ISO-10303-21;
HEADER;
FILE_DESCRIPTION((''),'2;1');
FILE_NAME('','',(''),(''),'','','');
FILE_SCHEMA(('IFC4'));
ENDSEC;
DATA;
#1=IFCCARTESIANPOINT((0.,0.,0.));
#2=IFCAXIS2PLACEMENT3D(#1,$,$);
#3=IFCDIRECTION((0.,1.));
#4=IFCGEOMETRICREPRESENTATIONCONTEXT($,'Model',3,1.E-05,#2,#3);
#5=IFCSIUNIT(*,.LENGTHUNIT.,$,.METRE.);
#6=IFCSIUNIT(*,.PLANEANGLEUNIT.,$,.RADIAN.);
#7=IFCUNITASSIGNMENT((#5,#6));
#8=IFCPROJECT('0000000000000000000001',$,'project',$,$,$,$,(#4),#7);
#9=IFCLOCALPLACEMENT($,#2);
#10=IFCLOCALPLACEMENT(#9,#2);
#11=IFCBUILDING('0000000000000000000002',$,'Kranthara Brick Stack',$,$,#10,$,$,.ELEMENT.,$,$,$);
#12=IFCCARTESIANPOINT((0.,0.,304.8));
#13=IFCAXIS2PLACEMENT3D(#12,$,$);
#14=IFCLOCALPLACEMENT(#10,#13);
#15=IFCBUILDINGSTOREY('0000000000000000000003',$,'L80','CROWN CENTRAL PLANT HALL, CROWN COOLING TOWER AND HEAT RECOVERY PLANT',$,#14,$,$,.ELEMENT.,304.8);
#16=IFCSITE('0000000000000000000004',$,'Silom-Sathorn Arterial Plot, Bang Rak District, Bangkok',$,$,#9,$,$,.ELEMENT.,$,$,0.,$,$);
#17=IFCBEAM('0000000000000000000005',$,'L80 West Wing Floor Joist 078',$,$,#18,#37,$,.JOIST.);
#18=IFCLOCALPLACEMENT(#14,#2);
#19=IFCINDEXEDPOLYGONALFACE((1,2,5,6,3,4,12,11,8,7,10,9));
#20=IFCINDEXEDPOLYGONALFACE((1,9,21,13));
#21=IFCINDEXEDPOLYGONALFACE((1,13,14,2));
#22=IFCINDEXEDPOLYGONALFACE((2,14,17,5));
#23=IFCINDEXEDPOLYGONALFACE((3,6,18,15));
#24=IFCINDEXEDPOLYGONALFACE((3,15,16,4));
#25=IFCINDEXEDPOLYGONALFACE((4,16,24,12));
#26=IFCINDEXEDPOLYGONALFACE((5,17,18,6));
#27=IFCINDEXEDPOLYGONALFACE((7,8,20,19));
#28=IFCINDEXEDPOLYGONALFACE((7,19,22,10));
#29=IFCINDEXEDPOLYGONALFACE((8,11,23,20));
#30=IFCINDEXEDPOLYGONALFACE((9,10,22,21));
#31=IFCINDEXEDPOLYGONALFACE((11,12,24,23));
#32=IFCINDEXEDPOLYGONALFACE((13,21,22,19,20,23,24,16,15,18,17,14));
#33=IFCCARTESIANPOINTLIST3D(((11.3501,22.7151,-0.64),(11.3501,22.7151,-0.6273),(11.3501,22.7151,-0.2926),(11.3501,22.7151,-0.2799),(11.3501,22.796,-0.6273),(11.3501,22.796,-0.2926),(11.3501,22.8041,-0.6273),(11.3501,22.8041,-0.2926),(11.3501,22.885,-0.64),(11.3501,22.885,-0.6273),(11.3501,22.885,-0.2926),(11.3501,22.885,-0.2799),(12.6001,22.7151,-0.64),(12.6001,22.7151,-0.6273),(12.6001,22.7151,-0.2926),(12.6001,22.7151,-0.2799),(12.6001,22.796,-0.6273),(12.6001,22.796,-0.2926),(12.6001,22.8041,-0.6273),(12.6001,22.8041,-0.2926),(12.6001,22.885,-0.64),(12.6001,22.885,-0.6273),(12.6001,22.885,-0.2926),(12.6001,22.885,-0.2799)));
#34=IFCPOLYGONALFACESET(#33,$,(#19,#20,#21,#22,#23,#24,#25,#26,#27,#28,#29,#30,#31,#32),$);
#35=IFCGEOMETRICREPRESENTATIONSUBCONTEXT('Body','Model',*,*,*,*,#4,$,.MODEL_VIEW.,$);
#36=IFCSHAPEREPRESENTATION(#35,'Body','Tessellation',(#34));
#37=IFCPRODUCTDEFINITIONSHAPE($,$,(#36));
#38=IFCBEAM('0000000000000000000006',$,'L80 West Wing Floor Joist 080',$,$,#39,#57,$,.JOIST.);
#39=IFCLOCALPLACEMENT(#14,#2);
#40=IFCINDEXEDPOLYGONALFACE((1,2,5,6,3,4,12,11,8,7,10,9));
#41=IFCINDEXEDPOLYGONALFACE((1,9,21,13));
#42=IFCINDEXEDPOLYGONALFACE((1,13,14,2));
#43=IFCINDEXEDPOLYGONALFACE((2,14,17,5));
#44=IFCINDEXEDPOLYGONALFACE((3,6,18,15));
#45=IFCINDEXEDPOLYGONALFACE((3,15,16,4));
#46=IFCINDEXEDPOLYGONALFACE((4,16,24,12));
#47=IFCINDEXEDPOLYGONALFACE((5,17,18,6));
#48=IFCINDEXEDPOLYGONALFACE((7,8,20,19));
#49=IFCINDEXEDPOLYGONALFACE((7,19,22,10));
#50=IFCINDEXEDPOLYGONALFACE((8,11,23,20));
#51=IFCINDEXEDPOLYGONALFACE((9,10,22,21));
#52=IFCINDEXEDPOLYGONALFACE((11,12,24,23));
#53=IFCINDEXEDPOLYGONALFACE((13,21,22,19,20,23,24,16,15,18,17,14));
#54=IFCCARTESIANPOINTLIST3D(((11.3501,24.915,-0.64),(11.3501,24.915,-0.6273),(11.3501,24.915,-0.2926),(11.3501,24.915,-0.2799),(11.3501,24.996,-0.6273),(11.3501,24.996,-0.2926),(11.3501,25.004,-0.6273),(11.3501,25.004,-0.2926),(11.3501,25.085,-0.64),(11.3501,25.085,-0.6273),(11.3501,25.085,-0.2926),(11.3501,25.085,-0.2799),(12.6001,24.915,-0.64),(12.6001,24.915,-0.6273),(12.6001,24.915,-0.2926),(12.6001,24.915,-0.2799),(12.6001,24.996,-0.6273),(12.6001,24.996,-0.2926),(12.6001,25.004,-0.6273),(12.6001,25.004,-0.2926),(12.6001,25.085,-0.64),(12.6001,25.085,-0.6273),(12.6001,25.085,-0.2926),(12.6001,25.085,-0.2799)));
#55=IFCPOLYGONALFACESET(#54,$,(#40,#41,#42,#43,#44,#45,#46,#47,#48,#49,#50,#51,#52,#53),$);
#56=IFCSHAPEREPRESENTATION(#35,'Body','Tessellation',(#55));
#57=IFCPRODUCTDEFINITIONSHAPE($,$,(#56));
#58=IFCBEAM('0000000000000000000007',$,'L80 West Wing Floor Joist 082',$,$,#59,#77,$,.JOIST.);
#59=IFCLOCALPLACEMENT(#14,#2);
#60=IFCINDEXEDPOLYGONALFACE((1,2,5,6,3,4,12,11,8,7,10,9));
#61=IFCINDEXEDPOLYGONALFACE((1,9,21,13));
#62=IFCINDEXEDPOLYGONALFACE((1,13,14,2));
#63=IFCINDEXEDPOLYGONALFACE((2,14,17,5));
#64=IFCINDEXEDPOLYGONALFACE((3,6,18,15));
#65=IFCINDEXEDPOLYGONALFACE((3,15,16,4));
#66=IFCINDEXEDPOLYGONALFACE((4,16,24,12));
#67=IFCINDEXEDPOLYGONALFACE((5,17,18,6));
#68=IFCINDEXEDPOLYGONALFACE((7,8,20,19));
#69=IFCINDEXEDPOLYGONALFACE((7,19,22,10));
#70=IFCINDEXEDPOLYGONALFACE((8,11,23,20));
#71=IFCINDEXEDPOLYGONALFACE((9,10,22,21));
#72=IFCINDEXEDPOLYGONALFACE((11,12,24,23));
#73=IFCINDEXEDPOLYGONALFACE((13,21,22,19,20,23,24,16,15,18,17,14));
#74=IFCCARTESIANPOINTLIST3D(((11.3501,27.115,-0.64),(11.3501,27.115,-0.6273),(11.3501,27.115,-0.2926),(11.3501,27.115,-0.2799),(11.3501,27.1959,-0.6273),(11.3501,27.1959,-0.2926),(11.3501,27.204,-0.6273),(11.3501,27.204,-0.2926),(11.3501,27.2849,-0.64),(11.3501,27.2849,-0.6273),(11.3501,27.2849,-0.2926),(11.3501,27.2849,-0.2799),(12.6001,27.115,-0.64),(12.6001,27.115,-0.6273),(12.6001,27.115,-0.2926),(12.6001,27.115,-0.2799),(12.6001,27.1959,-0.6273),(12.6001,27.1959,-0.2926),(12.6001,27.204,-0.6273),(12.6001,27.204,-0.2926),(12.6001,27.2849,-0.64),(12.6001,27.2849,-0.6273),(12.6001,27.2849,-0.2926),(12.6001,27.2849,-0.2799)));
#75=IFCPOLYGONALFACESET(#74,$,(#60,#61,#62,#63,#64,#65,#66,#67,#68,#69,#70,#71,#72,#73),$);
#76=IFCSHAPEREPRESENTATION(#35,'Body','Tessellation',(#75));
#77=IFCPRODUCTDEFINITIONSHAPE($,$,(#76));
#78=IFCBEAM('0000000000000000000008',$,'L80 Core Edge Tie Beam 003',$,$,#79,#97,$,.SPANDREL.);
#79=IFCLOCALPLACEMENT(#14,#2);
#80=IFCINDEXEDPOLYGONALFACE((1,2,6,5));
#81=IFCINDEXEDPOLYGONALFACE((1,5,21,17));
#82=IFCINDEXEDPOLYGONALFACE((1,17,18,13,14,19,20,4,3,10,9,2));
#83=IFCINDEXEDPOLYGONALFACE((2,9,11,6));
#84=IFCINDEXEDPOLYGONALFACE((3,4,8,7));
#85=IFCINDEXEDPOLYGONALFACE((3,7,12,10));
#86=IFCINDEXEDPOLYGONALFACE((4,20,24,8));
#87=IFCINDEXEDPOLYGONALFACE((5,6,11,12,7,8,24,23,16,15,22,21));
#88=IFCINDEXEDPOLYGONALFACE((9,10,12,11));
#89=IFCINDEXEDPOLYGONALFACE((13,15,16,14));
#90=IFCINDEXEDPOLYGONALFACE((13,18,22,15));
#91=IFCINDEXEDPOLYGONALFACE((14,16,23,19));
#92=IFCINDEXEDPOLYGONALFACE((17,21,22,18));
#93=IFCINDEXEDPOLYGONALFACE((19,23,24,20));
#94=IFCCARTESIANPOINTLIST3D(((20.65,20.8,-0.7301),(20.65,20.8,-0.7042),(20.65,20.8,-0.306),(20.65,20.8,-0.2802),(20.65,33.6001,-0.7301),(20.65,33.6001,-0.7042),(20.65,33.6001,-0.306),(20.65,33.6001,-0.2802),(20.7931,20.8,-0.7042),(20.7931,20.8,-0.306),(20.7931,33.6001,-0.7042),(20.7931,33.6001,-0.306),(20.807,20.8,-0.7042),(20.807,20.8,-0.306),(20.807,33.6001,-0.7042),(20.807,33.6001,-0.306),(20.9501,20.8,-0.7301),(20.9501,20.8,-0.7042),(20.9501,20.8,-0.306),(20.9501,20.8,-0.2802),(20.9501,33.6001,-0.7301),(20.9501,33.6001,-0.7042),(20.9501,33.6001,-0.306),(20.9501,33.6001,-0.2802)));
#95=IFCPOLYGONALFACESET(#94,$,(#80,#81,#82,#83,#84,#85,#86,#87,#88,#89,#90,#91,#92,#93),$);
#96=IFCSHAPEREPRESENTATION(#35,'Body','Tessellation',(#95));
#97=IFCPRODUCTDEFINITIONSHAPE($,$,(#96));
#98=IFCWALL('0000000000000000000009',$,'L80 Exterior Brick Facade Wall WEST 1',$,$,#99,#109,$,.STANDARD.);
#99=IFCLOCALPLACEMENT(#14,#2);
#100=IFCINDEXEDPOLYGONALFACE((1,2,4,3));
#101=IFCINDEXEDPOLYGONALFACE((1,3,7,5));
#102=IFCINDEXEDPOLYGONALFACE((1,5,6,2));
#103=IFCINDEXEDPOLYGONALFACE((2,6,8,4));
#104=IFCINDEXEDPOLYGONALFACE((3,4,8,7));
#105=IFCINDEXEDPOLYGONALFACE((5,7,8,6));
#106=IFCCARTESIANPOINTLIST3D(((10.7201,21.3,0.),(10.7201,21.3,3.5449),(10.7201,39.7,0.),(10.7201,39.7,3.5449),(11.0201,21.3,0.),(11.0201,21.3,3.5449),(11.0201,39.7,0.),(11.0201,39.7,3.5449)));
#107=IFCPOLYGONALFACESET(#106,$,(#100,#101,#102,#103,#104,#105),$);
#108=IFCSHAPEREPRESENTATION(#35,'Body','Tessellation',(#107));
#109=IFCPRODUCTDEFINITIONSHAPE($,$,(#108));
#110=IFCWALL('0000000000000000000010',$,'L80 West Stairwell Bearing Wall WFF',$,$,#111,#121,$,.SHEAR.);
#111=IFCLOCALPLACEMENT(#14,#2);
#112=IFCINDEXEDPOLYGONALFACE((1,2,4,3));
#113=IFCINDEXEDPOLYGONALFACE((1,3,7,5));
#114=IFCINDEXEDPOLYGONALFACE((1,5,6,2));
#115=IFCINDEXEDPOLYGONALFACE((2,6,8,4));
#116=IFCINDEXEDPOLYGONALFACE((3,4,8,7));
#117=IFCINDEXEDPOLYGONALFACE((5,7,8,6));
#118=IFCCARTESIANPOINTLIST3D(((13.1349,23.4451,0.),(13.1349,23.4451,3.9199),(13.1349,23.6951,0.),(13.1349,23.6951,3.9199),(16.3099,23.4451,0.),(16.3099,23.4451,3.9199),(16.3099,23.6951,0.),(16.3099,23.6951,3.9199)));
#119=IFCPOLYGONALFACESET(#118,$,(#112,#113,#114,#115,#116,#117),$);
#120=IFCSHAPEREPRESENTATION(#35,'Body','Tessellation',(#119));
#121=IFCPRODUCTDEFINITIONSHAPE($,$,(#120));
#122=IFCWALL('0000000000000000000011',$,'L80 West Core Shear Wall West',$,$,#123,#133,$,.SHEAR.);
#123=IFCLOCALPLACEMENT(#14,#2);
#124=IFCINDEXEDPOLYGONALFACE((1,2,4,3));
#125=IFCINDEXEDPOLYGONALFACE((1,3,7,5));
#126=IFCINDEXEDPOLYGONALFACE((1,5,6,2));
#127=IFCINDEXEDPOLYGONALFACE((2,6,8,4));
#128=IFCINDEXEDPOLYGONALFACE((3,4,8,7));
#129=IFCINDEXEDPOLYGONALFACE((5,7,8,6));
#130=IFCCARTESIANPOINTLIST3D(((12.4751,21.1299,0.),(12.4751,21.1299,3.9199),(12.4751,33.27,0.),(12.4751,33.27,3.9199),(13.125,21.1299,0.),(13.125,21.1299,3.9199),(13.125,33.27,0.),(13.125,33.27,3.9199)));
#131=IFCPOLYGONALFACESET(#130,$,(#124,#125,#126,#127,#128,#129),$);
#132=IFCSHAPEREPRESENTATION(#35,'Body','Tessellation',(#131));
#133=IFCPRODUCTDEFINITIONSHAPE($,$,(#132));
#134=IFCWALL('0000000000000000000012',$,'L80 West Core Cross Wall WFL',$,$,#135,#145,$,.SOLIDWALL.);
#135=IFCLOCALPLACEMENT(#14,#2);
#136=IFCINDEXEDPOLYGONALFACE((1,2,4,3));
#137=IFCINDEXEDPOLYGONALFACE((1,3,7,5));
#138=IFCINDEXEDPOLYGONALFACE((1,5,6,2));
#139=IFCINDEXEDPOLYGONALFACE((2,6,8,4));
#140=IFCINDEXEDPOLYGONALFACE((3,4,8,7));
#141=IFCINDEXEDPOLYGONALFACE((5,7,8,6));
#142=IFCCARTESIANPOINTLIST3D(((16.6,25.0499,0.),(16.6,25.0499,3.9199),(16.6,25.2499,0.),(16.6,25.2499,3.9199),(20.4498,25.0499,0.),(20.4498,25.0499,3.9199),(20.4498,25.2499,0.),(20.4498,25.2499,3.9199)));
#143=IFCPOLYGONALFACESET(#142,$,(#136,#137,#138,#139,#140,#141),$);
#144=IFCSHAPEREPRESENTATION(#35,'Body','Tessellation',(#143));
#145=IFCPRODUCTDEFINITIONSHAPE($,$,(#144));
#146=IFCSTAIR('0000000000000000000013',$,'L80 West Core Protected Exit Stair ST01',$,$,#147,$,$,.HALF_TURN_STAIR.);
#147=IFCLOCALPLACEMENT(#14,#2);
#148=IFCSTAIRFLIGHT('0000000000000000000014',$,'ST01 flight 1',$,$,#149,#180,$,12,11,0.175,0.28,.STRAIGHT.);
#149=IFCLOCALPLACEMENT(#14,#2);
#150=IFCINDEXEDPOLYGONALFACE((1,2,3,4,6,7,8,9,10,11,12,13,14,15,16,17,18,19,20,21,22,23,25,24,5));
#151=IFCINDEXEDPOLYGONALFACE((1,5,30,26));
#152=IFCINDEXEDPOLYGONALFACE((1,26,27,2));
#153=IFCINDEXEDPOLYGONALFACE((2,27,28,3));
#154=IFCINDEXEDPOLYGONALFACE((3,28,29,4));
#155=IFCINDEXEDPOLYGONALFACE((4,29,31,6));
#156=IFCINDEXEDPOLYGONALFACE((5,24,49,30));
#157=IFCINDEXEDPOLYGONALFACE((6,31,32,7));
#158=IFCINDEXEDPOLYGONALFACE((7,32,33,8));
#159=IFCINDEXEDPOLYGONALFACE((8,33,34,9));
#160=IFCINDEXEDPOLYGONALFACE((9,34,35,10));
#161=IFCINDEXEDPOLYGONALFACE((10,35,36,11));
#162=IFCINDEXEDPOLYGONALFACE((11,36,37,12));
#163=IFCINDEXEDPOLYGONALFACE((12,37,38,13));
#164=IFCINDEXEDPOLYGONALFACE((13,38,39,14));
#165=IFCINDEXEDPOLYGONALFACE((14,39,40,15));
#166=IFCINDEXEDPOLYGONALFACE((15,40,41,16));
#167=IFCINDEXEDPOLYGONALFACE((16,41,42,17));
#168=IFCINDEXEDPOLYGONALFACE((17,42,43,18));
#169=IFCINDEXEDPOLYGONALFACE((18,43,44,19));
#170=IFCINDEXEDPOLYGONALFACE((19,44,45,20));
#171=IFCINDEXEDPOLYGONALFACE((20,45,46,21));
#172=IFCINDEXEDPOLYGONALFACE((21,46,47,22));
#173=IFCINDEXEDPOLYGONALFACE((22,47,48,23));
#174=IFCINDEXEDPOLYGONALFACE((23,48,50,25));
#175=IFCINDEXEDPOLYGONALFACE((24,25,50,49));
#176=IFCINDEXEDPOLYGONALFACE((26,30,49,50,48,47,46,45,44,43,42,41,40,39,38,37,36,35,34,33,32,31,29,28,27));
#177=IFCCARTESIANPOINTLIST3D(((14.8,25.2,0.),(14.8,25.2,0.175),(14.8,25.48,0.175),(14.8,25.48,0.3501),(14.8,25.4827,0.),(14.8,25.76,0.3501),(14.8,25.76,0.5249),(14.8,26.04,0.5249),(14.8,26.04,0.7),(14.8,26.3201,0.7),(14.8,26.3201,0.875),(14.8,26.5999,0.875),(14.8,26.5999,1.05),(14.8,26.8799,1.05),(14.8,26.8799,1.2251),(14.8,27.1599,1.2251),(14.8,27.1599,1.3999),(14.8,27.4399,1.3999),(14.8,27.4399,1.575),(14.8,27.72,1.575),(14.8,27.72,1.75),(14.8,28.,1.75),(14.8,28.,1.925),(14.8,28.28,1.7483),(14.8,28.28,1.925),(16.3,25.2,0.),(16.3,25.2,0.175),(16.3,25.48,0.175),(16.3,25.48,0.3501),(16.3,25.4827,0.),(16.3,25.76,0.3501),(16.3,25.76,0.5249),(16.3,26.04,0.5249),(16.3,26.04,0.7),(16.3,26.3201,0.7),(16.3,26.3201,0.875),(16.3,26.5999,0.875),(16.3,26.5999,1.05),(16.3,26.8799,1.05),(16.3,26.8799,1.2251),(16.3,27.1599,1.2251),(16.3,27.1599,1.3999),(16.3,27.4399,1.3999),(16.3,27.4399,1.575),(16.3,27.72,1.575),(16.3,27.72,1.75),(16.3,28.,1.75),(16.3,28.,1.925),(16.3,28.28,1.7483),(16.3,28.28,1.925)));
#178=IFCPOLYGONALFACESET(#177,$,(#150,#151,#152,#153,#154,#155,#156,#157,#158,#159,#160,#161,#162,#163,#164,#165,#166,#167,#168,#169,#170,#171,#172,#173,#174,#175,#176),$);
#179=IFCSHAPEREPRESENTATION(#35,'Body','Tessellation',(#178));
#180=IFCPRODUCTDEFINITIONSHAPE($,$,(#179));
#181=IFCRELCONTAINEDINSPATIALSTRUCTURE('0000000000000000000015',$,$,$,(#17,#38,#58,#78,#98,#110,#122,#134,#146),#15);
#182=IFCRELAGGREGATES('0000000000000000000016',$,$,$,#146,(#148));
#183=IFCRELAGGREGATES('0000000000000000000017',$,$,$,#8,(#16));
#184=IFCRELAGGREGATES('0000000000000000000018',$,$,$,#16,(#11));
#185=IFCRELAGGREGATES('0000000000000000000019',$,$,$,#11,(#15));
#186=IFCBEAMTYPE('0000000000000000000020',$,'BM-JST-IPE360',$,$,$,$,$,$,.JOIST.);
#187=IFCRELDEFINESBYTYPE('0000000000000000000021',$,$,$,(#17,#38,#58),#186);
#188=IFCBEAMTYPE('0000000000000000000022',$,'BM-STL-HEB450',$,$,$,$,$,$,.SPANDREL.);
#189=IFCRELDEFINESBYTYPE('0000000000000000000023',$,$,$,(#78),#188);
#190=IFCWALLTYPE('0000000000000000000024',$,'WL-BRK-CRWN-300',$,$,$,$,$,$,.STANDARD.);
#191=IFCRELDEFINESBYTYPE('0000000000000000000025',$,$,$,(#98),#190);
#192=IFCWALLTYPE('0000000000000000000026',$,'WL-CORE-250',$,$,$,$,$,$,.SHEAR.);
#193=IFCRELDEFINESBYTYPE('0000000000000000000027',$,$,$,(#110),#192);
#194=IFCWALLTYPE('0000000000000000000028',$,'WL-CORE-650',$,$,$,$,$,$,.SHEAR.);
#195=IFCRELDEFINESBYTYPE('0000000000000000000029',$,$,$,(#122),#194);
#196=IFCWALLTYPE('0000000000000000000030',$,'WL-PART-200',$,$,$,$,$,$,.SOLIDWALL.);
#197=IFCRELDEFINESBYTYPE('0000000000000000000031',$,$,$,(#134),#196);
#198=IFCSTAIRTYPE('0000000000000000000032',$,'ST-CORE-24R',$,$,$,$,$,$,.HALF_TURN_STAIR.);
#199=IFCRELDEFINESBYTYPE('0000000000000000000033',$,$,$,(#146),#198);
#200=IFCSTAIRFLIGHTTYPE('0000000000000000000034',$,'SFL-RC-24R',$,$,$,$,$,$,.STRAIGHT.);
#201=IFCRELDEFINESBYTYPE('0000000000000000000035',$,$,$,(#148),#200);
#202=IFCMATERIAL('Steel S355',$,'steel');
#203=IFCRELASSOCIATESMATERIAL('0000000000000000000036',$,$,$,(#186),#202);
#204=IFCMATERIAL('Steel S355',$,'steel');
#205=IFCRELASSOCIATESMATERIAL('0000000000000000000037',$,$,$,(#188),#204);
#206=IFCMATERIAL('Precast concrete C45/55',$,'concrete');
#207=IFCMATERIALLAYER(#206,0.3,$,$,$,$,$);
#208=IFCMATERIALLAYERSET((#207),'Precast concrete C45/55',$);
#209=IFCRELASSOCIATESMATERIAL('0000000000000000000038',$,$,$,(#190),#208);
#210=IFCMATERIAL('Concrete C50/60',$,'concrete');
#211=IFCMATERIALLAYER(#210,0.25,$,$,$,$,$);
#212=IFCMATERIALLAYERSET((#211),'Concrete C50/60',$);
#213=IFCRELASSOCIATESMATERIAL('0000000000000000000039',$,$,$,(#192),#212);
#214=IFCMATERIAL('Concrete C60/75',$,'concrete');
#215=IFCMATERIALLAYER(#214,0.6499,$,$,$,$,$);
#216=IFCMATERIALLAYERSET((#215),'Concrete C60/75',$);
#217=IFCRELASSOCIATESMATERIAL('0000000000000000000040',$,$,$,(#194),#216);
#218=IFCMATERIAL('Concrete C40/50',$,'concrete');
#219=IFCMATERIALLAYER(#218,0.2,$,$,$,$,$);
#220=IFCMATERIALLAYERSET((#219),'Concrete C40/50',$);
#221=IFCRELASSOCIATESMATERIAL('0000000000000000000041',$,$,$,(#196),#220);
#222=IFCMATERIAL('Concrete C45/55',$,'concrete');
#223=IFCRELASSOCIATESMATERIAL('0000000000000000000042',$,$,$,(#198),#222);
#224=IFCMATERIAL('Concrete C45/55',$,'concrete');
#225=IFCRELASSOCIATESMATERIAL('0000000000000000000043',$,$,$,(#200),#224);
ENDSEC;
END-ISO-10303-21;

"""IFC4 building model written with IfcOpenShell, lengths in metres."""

from ifc_helpers import new_model, si_unit, direction, frame, frame_2d, origin, origin_2d, place, context, subcontext, project, spatial, polyline, rectangle, i_section, outline, extrude, material, layer, layer_set, material_profile, profile_set, type_object, element, aggregate, save


model = new_model("IFC4")

# Units and contexts
model_context = context("Model", 3, precision=1e-05, world=origin(), true_north=direction((0.0, 1.0)))
body_context = subcontext(model_context, "Body", "Model", "MODEL_VIEW")
ifc_project = project(units=[si_unit("LENGTHUNIT", "METRE"), si_unit("PLANEANGLEUNIT", "RADIAN")], contexts=[model_context])

# Site, building, storey
site_placement = place(None, origin())
site = spatial("IfcSite", under=ifc_project, at=site_placement, Name="Silom-Sathorn Arterial Plot, Bang Rak District, Bangkok", CompositionType="ELEMENT", RefElevation=0.0)
building_placement = place(site_placement, origin())
building = spatial("IfcBuilding", under=site, at=building_placement, Name="Kranthara Brick Stack", CompositionType="ELEMENT")
storey_placement = place(building_placement, frame((0.0, 0.0, 304.8)))
storey = spatial("IfcBuildingStorey", under=building, at=storey_placement, Name="L80", Description="CROWN CENTRAL PLANT HALL, CROWN COOLING TOWER AND HEAT RECOVERY PLANT", CompositionType="ELEMENT", Elevation=304.8)

# Beams
ifc_material_1 = material(Name="Steel S355", Category="steel")
ifc_material_profile_1 = material_profile(ifc_material_1, i_section(OverallWidth=0.1699, OverallDepth=0.3601, WebThickness=0.0081, FlangeThickness=0.0127, at=origin_2d()), Name="IPE 360")
ifc_profile_set_1 = profile_set([ifc_material_profile_1], Name="Steel S355")
beam_type_1 = type_object("IfcBeamType", Name="BM-JST-IPE360", PredefinedType="JOIST", material=ifc_profile_set_1)
for number, where, z_axis, x_axis, name in (
    (1, (11.3501, 22.8, -0.46), (1.0, 0.0, 0.0), (0.0, 1.0, 0.0), "L80 West Wing Floor Joist 078"),
    (2, (11.3501, 25.0, -0.46), (1.0, 0.0, 0.0), (0.0, 1.0, 0.0), "L80 West Wing Floor Joist 080"),
    (3, (11.3501, 27.2, -0.46), (1.0, 0.0, 0.0), (0.0, 1.0, 0.0), "L80 West Wing Floor Joist 082"),
):
    element("IfcBeam", number, at=place(storey_placement, frame(where, z_axis=z_axis, x_axis=x_axis)), inside=storey, type_object=beam_type_1, Name=name, PredefinedType="JOIST", context=body_context, shape_type="SweptSolid", body=[
        extrude(i_section(OverallWidth=0.1699, OverallDepth=0.3601, WebThickness=0.0081, FlangeThickness=0.0127, at=origin_2d()), origin(), (0.0, 0.0, 1.0), 1.25),
    ])
ifc_material_2 = material(Name="Steel S355", Category="steel")
ifc_material_profile_2 = material_profile(ifc_material_2, i_section(OverallWidth=0.3, OverallDepth=0.45, WebThickness=0.0139, FlangeThickness=0.0259, at=origin_2d()), Name="HEB 450")
ifc_profile_set_2 = profile_set([ifc_material_profile_2], Name="Steel S355")
beam_type_2 = type_object("IfcBeamType", Name="BM-STL-HEB450", PredefinedType="SPANDREL", material=ifc_profile_set_2)
beam_1_placement = place(storey_placement, frame((20.8, 20.8, -0.5051), z_axis=(0.0, 1.0, 0.0), x_axis=(-1.0, 0.0, 0.0)))
element("IfcBeam", 4, at=beam_1_placement, inside=storey, type_object=beam_type_2, Name="L80 Core Edge Tie Beam 003", PredefinedType="SPANDREL", context=body_context, shape_type="SweptSolid", body=[
    extrude(i_section(OverallWidth=0.3, OverallDepth=0.45, WebThickness=0.0139, FlangeThickness=0.0259, at=origin_2d()), origin(), (0.0, 0.0, 1.0), 12.8),
])

# Wall
ifc_material_3 = material(Name="Precast concrete C45/55", Category="concrete")
ifc_layer_1 = layer(ifc_material_3, 0.3)
ifc_layer_set_1 = layer_set([ifc_layer_1], Name="Precast concrete C45/55")
wall_type_1 = type_object("IfcWallType", Name="WL-BRK-CRWN-300", PredefinedType="STANDARD", material=ifc_layer_set_1)
wall_1_placement = place(storey_placement, frame((10.8701, 21.3, 0.0), z_axis=(0.0, 0.0, 1.0), x_axis=(0.0, 1.0, 0.0)))
element("IfcWall", 5, at=wall_1_placement, inside=storey, type_object=wall_type_1, Name="L80 Exterior Brick Facade Wall WEST 1", PredefinedType="STANDARD", context=body_context, shape_type="SweptSolid", body=[
    extrude(rectangle(XDim=18.3999, YDim=0.3, at=frame_2d((9.2, 0.0))), origin(), (0.0, 0.0, 1.0), 3.5449),
])

# Shared definitions
ifc_material_4 = material(Name="Concrete C50/60", Category="concrete")
ifc_layer_2 = layer(ifc_material_4, 0.25)
ifc_layer_set_2 = layer_set([ifc_layer_2], Name="Concrete C50/60")
wall_type_2 = type_object("IfcWallType", Name="WL-CORE-250", PredefinedType="SHEAR", material=ifc_layer_set_2)

# Walls
wall_2_placement = place(storey_placement, frame((13.135, 23.5701, 0.0), z_axis=(0.0, 0.0, 1.0), x_axis=(1.0, 0.0, 0.0)))
element("IfcWall", 6, at=wall_2_placement, inside=storey, type_object=wall_type_2, Name="L80 West Stairwell Bearing Wall WFF", PredefinedType="SHEAR", context=body_context, shape_type="SweptSolid", body=[
    extrude(rectangle(XDim=3.175, YDim=0.25, at=frame_2d((1.5874, 0.0))), origin(), (0.0, 0.0, 1.0), 3.9199),
])
ifc_material_5 = material(Name="Concrete C60/75", Category="concrete")
ifc_layer_3 = layer(ifc_material_5, 0.6499)
ifc_layer_set_3 = layer_set([ifc_layer_3], Name="Concrete C60/75")
wall_type_3 = type_object("IfcWallType", Name="WL-CORE-650", PredefinedType="SHEAR", material=ifc_layer_set_3)
wall_3_placement = place(storey_placement, frame((12.8, 21.1299, 0.0), z_axis=(0.0, 0.0, 1.0), x_axis=(0.0, 1.0, 0.0)))
element("IfcWall", 7, at=wall_3_placement, inside=storey, type_object=wall_type_3, Name="L80 West Core Shear Wall West", PredefinedType="SHEAR", context=body_context, shape_type="SweptSolid", body=[
    extrude(rectangle(XDim=12.1401, YDim=0.6499, at=frame_2d((6.0701, 0.0))), origin(), (0.0, 0.0, 1.0), 3.9199),
])

# Wall
ifc_material_6 = material(Name="Concrete C40/50", Category="concrete")
ifc_layer_4 = layer(ifc_material_6, 0.2)
ifc_layer_set_4 = layer_set([ifc_layer_4], Name="Concrete C40/50")
wall_type_4 = type_object("IfcWallType", Name="WL-PART-200", PredefinedType="SOLIDWALL", material=ifc_layer_set_4)
wall_4_placement = place(storey_placement, frame((16.6001, 25.1499, 0.0), z_axis=(0.0, 0.0, 1.0), x_axis=(1.0, 0.0, 0.0)))
element("IfcWall", 8, at=wall_4_placement, inside=storey, type_object=wall_type_4, Name="L80 West Core Cross Wall WFL", PredefinedType="SOLIDWALL", context=body_context, shape_type="SweptSolid", body=[
    extrude(rectangle(XDim=3.8499, YDim=0.2, at=frame_2d((1.9248, 0.0))), origin(), (0.0, 0.0, 1.0), 3.9199),
])

# Stair, stair flight
ifc_material_7 = material(Name="Concrete C45/55", Category="concrete")
stair_type = type_object("IfcStairType", Name="ST-CORE-24R", PredefinedType="HALF_TURN_STAIR", material=ifc_material_7)
stair_placement = place(storey_placement, origin())
stair = element("IfcStair", 9, at=stair_placement, inside=storey, type_object=stair_type, Name="L80 West Core Protected Exit Stair ST01", PredefinedType="HALF_TURN_STAIR")
ifc_material_8 = material(Name="Concrete C45/55", Category="concrete")
stair_flight_type = type_object("IfcStairFlightType", Name="SFL-RC-24R", PredefinedType="STRAIGHT", material=ifc_material_8)
stair_flight_1_placement = place(storey_placement, frame((15.55, 25.2, 0.0), z_axis=(0.0, 0.0, 1.0), x_axis=(0.0, 1.0, 0.0)))
stair_flight_1 = element("IfcStairFlight", 10, at=stair_flight_1_placement, type_object=stair_flight_type, Name="ST01 flight 1", NumberOfRisers=12, NumberOfTreads=11, PredefinedType="STRAIGHT", RiserHeight=0.175, TreadLength=0.28, context=body_context, shape_type="SweptSolid", body=[
    extrude(outline(polyline([(0.0, 0.0), (0.0, 0.175), (0.28, 0.175), (0.28, 0.3501), (0.5601, 0.3501), (0.5601, 0.5249), (0.8401, 0.5249), (0.8401, 0.7), (1.1201, 0.7), (1.1201, 0.875), (1.3999, 0.875), (1.3999, 1.05), (1.6799, 1.05), (1.6799, 1.2251), (1.96, 1.2251), (1.96, 1.3999), (2.24, 1.3999), (2.24, 1.575), (2.52, 1.575), (2.52, 1.75), (2.8, 1.75), (2.8, 1.925), (3.0801, 1.925), (3.0801, 2.1001), (3.0801, 1.7483), (0.2827, 0.0), (0.0, 0.0)])), frame((0.0, 0.75, 0.0), z_axis=(0.0, -1.0, 0.0), x_axis=(1.0, 0.0, 0.0)), (0.0, 0.0, 1.0), 1.5),
])
aggregate(stair, [stair_flight_1])

save(model, "model.ifc")
